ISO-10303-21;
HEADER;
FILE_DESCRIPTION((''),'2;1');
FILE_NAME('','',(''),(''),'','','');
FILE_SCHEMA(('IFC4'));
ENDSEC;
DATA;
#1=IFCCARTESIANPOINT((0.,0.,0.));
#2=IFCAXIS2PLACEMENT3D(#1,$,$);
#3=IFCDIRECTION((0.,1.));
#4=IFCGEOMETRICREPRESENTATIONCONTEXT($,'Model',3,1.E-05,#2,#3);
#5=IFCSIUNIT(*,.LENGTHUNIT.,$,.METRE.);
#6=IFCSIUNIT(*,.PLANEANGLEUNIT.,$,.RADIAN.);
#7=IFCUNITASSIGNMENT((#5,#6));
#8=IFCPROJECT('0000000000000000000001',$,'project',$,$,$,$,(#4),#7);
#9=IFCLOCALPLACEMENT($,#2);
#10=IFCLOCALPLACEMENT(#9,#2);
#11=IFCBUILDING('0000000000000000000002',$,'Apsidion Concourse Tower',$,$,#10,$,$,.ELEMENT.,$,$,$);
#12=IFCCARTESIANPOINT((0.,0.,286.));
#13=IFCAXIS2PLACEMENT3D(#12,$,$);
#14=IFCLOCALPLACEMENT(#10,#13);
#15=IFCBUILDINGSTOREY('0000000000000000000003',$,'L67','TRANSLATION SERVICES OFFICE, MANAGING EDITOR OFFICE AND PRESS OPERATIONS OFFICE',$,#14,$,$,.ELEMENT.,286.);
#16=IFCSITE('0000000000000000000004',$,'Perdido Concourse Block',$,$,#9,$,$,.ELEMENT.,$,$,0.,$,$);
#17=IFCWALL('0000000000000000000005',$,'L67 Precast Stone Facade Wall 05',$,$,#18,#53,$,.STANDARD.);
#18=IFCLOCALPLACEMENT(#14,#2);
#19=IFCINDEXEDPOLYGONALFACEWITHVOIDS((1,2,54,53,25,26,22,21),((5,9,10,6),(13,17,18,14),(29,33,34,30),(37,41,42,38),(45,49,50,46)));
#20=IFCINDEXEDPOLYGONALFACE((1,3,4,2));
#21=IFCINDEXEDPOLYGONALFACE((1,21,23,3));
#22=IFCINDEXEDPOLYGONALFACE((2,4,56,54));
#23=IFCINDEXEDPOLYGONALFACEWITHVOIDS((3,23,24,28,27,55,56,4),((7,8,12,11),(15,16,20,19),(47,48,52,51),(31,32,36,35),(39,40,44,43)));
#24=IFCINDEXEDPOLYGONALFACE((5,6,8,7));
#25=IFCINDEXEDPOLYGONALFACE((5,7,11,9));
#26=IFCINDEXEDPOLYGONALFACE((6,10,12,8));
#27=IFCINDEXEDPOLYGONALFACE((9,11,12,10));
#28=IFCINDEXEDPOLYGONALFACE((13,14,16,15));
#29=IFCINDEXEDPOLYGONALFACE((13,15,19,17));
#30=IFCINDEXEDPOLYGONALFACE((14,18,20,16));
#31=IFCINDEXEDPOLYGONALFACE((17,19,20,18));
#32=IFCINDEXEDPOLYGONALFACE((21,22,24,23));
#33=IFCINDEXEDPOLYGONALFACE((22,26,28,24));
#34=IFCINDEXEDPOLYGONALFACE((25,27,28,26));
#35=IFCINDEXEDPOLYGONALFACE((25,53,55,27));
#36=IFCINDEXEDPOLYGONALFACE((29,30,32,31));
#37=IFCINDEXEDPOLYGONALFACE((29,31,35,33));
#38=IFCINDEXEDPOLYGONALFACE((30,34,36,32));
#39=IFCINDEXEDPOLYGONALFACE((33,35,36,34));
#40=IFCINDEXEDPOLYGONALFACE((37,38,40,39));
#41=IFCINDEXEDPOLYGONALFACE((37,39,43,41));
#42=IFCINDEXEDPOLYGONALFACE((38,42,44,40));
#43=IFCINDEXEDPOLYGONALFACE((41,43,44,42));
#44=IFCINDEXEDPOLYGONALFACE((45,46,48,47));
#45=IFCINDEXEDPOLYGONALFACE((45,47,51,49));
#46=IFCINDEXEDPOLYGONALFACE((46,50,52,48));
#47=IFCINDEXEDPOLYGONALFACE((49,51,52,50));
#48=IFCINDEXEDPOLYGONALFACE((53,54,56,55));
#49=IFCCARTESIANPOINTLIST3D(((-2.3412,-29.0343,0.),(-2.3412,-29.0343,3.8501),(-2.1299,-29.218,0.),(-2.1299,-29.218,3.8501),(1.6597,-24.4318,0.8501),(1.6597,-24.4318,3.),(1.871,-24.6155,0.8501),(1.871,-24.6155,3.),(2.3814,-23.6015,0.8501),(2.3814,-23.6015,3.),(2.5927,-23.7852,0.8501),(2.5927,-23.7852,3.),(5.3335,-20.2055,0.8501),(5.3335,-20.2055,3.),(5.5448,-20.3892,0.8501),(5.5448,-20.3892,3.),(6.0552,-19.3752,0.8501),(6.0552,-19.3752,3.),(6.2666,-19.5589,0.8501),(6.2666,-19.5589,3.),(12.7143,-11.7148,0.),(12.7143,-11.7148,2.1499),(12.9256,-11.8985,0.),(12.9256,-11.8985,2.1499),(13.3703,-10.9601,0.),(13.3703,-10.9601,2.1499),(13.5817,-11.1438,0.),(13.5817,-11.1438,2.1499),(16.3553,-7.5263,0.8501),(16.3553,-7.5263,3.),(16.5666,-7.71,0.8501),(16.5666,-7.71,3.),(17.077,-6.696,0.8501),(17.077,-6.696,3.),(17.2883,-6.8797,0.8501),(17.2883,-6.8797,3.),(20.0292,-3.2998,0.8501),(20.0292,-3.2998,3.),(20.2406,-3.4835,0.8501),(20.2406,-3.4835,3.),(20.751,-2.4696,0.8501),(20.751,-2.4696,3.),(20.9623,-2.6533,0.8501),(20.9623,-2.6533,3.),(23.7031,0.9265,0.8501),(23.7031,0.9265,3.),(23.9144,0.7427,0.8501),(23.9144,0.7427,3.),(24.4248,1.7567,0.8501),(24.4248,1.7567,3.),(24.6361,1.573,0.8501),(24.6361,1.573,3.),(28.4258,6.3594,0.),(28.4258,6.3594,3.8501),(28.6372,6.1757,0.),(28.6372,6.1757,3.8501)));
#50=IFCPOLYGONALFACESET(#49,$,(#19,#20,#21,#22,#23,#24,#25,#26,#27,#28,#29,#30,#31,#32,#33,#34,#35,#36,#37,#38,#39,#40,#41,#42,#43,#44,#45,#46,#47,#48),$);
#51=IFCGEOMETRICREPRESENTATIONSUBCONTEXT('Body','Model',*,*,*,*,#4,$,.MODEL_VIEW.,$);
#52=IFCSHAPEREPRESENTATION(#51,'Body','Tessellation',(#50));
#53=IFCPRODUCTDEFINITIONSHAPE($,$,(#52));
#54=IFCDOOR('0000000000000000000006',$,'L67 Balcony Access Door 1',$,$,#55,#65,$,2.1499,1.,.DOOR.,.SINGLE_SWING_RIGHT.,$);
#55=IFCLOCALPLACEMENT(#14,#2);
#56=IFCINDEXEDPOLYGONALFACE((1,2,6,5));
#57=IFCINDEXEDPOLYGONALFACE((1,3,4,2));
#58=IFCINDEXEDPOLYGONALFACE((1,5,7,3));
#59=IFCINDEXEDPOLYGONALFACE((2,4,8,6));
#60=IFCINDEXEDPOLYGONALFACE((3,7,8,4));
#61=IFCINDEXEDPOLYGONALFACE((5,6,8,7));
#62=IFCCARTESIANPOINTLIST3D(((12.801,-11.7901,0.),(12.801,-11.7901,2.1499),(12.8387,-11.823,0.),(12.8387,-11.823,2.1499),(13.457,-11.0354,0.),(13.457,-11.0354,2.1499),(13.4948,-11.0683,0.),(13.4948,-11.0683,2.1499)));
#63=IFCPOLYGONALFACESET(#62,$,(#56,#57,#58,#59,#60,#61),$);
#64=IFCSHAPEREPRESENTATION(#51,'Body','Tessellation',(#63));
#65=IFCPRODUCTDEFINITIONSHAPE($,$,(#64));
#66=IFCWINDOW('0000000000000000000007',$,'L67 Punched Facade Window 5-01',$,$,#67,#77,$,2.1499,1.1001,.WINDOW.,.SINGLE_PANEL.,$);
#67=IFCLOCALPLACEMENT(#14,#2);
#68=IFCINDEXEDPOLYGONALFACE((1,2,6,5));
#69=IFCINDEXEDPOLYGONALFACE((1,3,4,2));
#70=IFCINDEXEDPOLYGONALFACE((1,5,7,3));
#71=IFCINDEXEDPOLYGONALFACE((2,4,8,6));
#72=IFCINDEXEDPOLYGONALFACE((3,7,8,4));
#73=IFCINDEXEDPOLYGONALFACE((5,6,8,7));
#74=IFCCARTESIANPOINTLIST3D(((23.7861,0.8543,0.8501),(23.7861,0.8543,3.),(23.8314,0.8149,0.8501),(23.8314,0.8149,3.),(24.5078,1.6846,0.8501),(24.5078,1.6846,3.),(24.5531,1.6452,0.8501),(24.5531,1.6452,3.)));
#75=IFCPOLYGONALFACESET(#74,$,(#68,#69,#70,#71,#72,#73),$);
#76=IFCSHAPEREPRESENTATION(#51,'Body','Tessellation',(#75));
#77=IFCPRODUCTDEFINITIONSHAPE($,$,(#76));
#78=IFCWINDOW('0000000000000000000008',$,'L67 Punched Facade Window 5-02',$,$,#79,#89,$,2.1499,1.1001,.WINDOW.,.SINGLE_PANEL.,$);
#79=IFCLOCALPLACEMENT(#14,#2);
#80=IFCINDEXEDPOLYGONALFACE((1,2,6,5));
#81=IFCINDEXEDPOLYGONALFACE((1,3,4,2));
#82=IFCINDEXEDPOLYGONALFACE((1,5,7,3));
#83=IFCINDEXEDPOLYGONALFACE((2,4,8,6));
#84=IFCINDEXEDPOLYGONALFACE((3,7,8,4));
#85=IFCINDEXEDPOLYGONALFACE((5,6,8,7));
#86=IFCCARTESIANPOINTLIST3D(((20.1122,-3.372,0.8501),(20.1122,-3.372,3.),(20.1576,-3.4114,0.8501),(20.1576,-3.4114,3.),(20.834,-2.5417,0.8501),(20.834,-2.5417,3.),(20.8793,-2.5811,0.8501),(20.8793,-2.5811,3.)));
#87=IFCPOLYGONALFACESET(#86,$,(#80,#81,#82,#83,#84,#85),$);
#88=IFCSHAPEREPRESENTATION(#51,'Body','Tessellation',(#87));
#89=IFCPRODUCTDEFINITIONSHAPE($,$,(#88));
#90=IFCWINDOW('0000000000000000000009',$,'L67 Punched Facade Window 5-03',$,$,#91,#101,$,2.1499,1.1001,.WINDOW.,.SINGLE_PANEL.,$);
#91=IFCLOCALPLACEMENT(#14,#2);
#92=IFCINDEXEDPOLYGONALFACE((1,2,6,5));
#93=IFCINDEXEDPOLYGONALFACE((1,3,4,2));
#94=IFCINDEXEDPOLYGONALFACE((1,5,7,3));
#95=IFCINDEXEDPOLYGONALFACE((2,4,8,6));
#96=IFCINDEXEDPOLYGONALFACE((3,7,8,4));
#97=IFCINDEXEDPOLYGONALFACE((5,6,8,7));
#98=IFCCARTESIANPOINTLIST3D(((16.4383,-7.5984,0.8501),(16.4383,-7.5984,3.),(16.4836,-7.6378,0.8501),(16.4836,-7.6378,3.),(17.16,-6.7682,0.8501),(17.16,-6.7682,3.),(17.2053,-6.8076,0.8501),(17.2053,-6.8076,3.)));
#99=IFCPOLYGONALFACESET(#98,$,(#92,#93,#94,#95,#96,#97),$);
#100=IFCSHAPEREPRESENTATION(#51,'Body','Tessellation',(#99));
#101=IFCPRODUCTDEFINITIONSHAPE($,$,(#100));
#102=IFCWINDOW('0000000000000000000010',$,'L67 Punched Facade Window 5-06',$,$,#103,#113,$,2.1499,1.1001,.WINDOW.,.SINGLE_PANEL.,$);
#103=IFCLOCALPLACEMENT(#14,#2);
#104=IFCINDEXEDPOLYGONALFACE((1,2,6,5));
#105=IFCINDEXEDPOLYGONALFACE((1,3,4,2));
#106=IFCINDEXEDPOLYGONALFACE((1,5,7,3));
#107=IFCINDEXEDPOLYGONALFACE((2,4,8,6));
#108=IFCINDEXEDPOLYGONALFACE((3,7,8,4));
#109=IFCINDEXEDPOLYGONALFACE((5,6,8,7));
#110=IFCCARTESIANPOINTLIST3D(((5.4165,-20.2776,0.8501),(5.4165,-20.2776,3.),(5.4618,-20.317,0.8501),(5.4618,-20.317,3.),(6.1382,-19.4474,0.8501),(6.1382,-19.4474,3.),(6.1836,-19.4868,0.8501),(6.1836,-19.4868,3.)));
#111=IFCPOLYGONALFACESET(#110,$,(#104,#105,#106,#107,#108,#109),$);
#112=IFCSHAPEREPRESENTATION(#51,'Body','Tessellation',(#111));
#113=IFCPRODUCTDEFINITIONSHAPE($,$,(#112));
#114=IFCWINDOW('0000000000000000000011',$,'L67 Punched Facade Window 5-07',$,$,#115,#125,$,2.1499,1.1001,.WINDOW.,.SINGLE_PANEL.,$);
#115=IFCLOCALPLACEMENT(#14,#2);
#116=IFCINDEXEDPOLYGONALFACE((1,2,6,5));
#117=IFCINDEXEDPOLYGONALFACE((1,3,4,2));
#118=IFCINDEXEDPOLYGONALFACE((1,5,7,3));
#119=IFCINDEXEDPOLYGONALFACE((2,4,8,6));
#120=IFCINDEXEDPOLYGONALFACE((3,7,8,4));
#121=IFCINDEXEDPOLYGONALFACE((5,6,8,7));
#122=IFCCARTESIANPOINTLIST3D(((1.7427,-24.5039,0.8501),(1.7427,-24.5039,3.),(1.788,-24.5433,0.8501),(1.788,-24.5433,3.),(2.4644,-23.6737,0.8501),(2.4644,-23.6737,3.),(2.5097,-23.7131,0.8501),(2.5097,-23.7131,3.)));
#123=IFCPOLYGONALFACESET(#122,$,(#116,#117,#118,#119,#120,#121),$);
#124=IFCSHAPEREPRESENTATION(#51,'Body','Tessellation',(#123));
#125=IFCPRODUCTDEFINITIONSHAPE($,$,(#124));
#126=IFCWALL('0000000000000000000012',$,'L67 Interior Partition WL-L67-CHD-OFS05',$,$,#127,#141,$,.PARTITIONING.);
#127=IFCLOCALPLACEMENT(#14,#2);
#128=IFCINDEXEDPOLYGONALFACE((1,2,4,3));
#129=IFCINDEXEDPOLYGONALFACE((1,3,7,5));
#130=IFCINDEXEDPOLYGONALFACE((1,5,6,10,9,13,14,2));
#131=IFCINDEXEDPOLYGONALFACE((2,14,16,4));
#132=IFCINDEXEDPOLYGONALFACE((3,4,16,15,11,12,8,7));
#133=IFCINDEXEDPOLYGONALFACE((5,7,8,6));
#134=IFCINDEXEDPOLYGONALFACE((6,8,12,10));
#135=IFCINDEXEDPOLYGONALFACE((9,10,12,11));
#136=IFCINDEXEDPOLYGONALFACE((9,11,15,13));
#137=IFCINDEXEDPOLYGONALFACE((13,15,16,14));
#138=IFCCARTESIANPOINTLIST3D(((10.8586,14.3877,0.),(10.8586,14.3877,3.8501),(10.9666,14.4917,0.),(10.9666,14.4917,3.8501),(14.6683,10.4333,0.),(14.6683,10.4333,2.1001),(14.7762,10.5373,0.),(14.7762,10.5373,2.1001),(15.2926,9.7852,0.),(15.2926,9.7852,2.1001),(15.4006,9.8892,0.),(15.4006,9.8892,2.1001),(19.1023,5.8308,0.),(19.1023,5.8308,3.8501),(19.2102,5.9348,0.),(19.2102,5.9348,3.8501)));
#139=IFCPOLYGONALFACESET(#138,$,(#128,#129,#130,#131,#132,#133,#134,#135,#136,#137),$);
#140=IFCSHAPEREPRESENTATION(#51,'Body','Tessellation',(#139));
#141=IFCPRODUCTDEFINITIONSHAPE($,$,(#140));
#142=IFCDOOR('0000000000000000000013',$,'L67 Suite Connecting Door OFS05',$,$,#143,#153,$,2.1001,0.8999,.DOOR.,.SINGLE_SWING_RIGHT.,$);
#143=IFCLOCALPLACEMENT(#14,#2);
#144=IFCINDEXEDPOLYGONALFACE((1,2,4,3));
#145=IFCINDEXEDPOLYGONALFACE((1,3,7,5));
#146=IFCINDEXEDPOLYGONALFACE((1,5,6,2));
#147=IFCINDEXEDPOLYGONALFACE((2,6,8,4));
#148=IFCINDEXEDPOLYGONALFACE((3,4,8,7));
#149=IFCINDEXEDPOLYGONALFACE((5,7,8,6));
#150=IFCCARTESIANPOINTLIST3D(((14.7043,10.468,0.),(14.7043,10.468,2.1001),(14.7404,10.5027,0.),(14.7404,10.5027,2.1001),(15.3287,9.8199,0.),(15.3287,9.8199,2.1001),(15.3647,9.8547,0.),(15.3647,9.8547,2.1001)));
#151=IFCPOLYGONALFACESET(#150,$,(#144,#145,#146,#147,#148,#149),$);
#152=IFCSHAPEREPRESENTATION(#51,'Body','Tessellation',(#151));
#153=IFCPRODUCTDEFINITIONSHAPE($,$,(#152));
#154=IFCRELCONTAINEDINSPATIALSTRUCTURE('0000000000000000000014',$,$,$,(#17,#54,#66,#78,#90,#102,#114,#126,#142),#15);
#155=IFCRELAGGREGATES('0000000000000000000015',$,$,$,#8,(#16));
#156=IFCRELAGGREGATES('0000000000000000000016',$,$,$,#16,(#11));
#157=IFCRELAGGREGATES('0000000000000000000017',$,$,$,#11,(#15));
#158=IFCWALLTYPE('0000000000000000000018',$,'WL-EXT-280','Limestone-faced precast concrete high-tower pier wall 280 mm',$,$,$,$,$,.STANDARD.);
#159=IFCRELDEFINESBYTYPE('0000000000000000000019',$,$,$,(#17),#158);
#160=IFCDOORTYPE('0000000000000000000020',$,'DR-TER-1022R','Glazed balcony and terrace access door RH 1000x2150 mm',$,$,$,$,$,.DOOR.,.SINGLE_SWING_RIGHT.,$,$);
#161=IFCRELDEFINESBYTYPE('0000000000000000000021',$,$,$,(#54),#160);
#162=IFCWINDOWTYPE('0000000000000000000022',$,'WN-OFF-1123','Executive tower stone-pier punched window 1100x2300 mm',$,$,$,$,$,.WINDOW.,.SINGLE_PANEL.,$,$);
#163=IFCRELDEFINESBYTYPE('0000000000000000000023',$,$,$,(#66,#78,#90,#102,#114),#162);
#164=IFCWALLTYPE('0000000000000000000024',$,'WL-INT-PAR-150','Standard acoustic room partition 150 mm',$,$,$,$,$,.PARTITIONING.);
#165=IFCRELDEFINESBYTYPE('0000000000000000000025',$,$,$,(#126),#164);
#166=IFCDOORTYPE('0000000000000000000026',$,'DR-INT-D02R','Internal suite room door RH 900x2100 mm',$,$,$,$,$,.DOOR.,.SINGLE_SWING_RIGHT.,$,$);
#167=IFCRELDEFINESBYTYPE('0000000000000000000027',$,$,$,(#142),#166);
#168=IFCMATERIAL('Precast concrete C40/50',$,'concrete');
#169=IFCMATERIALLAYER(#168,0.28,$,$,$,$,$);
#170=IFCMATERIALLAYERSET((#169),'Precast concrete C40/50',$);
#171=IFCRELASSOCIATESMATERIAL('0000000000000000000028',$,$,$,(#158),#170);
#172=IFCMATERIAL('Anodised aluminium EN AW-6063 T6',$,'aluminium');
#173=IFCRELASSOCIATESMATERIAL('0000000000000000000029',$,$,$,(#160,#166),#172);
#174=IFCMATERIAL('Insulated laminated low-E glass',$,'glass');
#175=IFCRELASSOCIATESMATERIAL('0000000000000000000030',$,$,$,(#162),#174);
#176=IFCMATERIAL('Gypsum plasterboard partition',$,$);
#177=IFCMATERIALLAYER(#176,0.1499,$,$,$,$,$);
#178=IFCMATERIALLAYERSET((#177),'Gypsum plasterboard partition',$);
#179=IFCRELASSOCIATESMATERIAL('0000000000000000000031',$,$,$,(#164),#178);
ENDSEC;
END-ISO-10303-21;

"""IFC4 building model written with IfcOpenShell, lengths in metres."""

from ifc_helpers import new_model, si_unit, direction, frame, frame_2d, origin, place, context, subcontext, project, spatial, rectangle, extrude, material, layer, layer_set, type_object, element, fill, save


model = new_model("IFC4")

# Units and contexts
model_context = context("Model", 3, precision=1e-05, world=origin(), true_north=direction((0.0, 1.0)))
body_context = subcontext(model_context, "Body", "Model", "MODEL_VIEW")
ifc_project = project(units=[si_unit("LENGTHUNIT", "METRE"), si_unit("PLANEANGLEUNIT", "RADIAN")], contexts=[model_context])

# Site, building, storey
site_placement = place(None, origin())
site = spatial("IfcSite", under=ifc_project, at=site_placement, Name="Perdido Concourse Block", CompositionType="ELEMENT", RefElevation=0.0)
building_placement = place(site_placement, origin())
building = spatial("IfcBuilding", under=site, at=building_placement, Name="Apsidion Concourse Tower", CompositionType="ELEMENT")
storey_placement = place(building_placement, frame((0.0, 0.0, 286.0)))
storey = spatial("IfcBuildingStorey", under=building, at=storey_placement, Name="L67", Description="TRANSLATION SERVICES OFFICE, MANAGING EDITOR OFFICE AND PRESS OPERATIONS OFFICE", CompositionType="ELEMENT", Elevation=286.0)

# Shared definitions
ifc_material_1 = material(Name="Precast concrete C40/50", Category="concrete")
ifc_layer_1 = layer(ifc_material_1, 0.28)
ifc_layer_set_1 = layer_set([ifc_layer_1], Name="Precast concrete C40/50")
wall_type_1 = type_object("IfcWallType", Name="WL-EXT-280", Description="Limestone-faced precast concrete high-tower pier wall 280 mm", PredefinedType="STANDARD", material=ifc_layer_set_1)

# Wall, openings, door, windows
wall_1_placement = place(storey_placement, frame((28.5315, 6.2676, 0.0), z_axis=(0.0, 0.0, 1.0), x_axis=(-0.656056, -0.754712, 0.0)))
wall_1 = element("IfcWall", 1, at=wall_1_placement, inside=storey, type_object=wall_type_1, Name="L67 Precast Stone Facade Wall 05", PredefinedType="STANDARD", context=body_context, shape_type="SweptSolid", body=[
    extrude(rectangle(XDim=46.897, YDim=0.28, at=frame_2d((23.4485, 0.0))), origin(), (0.0, 0.0, 1.0), 3.8501),
])
opening_1_placement = place(wall_1_placement, frame((22.9485, 0.0, 0.0)))
opening_1 = element("IfcOpeningElement", 2, at=opening_1_placement, cuts=wall_1, PredefinedType="OPENING", context=body_context, shape_type="SweptSolid", body=[
    extrude(rectangle(XDim=1.0, YDim=2.1499, at=frame_2d((0.5, 1.075))), frame((0.0, 0.1499, 0.0), z_axis=(0.0, -1.0, 0.0), x_axis=(1.0, 0.0, 0.0)), (0.0, 0.0, 1.0), 0.3),
])
opening_2_placement = place(wall_1_placement, frame((6.0986, 0.0, 0.8501)))
opening_2 = element("IfcOpeningElement", 3, at=opening_2_placement, cuts=wall_1, PredefinedType="OPENING", context=body_context, shape_type="SweptSolid", body=[
    extrude(rectangle(XDim=1.1001, YDim=2.1499, at=frame_2d((0.55, 1.075))), frame((0.0, 0.1499, 0.0), z_axis=(0.0, -1.0, 0.0), x_axis=(1.0, 0.0, 0.0)), (0.0, 0.0, 1.0), 0.3),
])
opening_3_placement = place(wall_1_placement, frame((11.6985, 0.0, 0.8501)))
opening_3 = element("IfcOpeningElement", 4, at=opening_3_placement, cuts=wall_1, PredefinedType="OPENING", context=body_context, shape_type="SweptSolid", body=[
    extrude(rectangle(XDim=1.1001, YDim=2.1499, at=frame_2d((0.55, 1.075))), frame((0.0, 0.1499, 0.0), z_axis=(0.0, -1.0, 0.0), x_axis=(1.0, 0.0, 0.0)), (0.0, 0.0, 1.0), 0.3),
])
opening_4_placement = place(wall_1_placement, frame((17.2986, 0.0, 0.8501)))
opening_4 = element("IfcOpeningElement", 5, at=opening_4_placement, cuts=wall_1, PredefinedType="OPENING", context=body_context, shape_type="SweptSolid", body=[
    extrude(rectangle(XDim=1.1001, YDim=2.1499, at=frame_2d((0.55, 1.075))), frame((0.0, 0.1499, 0.0), z_axis=(0.0, -1.0, 0.0), x_axis=(1.0, 0.0, 0.0)), (0.0, 0.0, 1.0), 0.3),
])
opening_5_placement = place(wall_1_placement, frame((34.0986, 0.0, 0.8501)))
opening_5 = element("IfcOpeningElement", 6, at=opening_5_placement, cuts=wall_1, PredefinedType="OPENING", context=body_context, shape_type="SweptSolid", body=[
    extrude(rectangle(XDim=1.1001, YDim=2.1499, at=frame_2d((0.55, 1.075))), frame((0.0, 0.1499, 0.0), z_axis=(0.0, -1.0, 0.0), x_axis=(1.0, 0.0, 0.0)), (0.0, 0.0, 1.0), 0.3),
])
opening_6_placement = place(wall_1_placement, frame((39.6985, 0.0, 0.8501)))
opening_6 = element("IfcOpeningElement", 7, at=opening_6_placement, cuts=wall_1, PredefinedType="OPENING", context=body_context, shape_type="SweptSolid", body=[
    extrude(rectangle(XDim=1.1001, YDim=2.1499, at=frame_2d((0.55, 1.075))), frame((0.0, 0.1499, 0.0), z_axis=(0.0, -1.0, 0.0), x_axis=(1.0, 0.0, 0.0)), (0.0, 0.0, 1.0), 0.3),
])
ifc_material_2 = material(Name="Anodised aluminium EN AW-6063 T6", Category="aluminium")
door_type_1 = type_object("IfcDoorType", Name="DR-TER-1022R", Description="Glazed balcony and terrace access door RH 1000x2150 mm", OperationType="SINGLE_SWING_RIGHT", PredefinedType="DOOR", material=ifc_material_2)
door_1_placement = place(opening_1_placement, origin())
door_1 = element("IfcDoor", 8, at=door_1_placement, inside=storey, type_object=door_type_1, Name="L67 Balcony Access Door 1", OperationType="SINGLE_SWING_RIGHT", OverallHeight=2.1499, OverallWidth=1.0, PredefinedType="DOOR", context=body_context, shape_type="SweptSolid", body=[
    extrude(rectangle(XDim=1.0, YDim=2.1499, at=frame_2d((0.5, 1.075))), frame((0.0, 0.0249, 0.0), z_axis=(0.0, -1.0, 0.0), x_axis=(1.0, 0.0, 0.0)), (0.0, 0.0, 1.0), 0.05),
])
fill(opening_1, door_1)
ifc_material_3 = material(Name="Insulated laminated low-E glass", Category="glass")
window_type = type_object("IfcWindowType", Name="WN-OFF-1123", Description="Executive tower stone-pier punched window 1100x2300 mm", PartitioningType="SINGLE_PANEL", PredefinedType="WINDOW", material=ifc_material_3)
window_1_placement = place(opening_2_placement, origin())
window_1 = element("IfcWindow", 9, at=window_1_placement, inside=storey, type_object=window_type, Name="L67 Punched Facade Window 5-01", OverallHeight=2.1499, OverallWidth=1.1001, PartitioningType="SINGLE_PANEL", PredefinedType="WINDOW", context=body_context, shape_type="SweptSolid", body=[
    extrude(rectangle(XDim=1.1001, YDim=2.1499, at=frame_2d((0.55, 1.075))), frame((0.0, 0.03, 0.0), z_axis=(0.0, -1.0, 0.0), x_axis=(1.0, 0.0, 0.0)), (0.0, 0.0, 1.0), 0.0601),
])
fill(opening_2, window_1)
window_2_placement = place(opening_3_placement, origin())
window_2 = element("IfcWindow", 10, at=window_2_placement, inside=storey, type_object=window_type, Name="L67 Punched Facade Window 5-02", OverallHeight=2.1499, OverallWidth=1.1001, PartitioningType="SINGLE_PANEL", PredefinedType="WINDOW", context=body_context, shape_type="SweptSolid", body=[
    extrude(rectangle(XDim=1.1001, YDim=2.1499, at=frame_2d((0.55, 1.075))), frame((0.0, 0.03, 0.0), z_axis=(0.0, -1.0, 0.0), x_axis=(1.0, 0.0, 0.0)), (0.0, 0.0, 1.0), 0.0601),
])
fill(opening_3, window_2)
window_3_placement = place(opening_4_placement, origin())
window_3 = element("IfcWindow", 11, at=window_3_placement, inside=storey, type_object=window_type, Name="L67 Punched Facade Window 5-03", OverallHeight=2.1499, OverallWidth=1.1001, PartitioningType="SINGLE_PANEL", PredefinedType="WINDOW", context=body_context, shape_type="SweptSolid", body=[
    extrude(rectangle(XDim=1.1001, YDim=2.1499, at=frame_2d((0.55, 1.075))), frame((0.0, 0.03, 0.0), z_axis=(0.0, -1.0, 0.0), x_axis=(1.0, 0.0, 0.0)), (0.0, 0.0, 1.0), 0.0601),
])
fill(opening_4, window_3)
window_4_placement = place(opening_5_placement, origin())
window_4 = element("IfcWindow", 12, at=window_4_placement, inside=storey, type_object=window_type, Name="L67 Punched Facade Window 5-06", OverallHeight=2.1499, OverallWidth=1.1001, PartitioningType="SINGLE_PANEL", PredefinedType="WINDOW", context=body_context, shape_type="SweptSolid", body=[
    extrude(rectangle(XDim=1.1001, YDim=2.1499, at=frame_2d((0.55, 1.075))), frame((0.0, 0.03, 0.0), z_axis=(0.0, -1.0, 0.0), x_axis=(1.0, 0.0, 0.0)), (0.0, 0.0, 1.0), 0.0601),
])
fill(opening_5, window_4)
window_5_placement = place(opening_6_placement, origin())
window_5 = element("IfcWindow", 13, at=window_5_placement, inside=storey, type_object=window_type, Name="L67 Punched Facade Window 5-07", OverallHeight=2.1499, OverallWidth=1.1001, PartitioningType="SINGLE_PANEL", PredefinedType="WINDOW", context=body_context, shape_type="SweptSolid", body=[
    extrude(rectangle(XDim=1.1001, YDim=2.1499, at=frame_2d((0.55, 1.075))), frame((0.0, 0.03, 0.0), z_axis=(0.0, -1.0, 0.0), x_axis=(1.0, 0.0, 0.0)), (0.0, 0.0, 1.0), 0.0601),
])
fill(opening_6, window_5)

# Wall, opening, door
ifc_material_4 = material(Name="Gypsum plasterboard partition")
ifc_layer_2 = layer(ifc_material_4, 0.1499)
ifc_layer_set_2 = layer_set([ifc_layer_2], Name="Gypsum plasterboard partition")
wall_type_2 = type_object("IfcWallType", Name="WL-INT-PAR-150", Description="Standard acoustic room partition 150 mm", PredefinedType="PARTITIONING", material=ifc_layer_set_2)
wall_2_placement = place(storey_placement, frame((19.1562, 5.8828, 0.0), z_axis=(0.0, 0.0, 1.0), x_axis=(-0.693803, 0.720165, 0.0)))
wall_2 = element("IfcWall", 14, at=wall_2_placement, inside=storey, type_object=wall_type_2, Name="L67 Interior Partition WL-L67-CHD-OFS05", PredefinedType="PARTITIONING", context=body_context, shape_type="SweptSolid", body=[
    extrude(rectangle(XDim=11.8818, YDim=0.1499, at=frame_2d((5.9409, 0.0))), origin(), (0.0, 0.0, 1.0), 3.8501),
])
opening_7_placement = place(wall_2_placement, frame((5.491, 0.0, 0.0)))
opening_7 = element("IfcOpeningElement", 15, at=opening_7_placement, cuts=wall_2, PredefinedType="OPENING", context=body_context, shape_type="SweptSolid", body=[
    extrude(rectangle(XDim=0.8999, YDim=2.1001, at=frame_2d((0.45, 1.05))), frame((0.0, 0.085, 0.0), z_axis=(0.0, -1.0, 0.0), x_axis=(1.0, 0.0, 0.0)), (0.0, 0.0, 1.0), 0.1699),
])
door_type_2 = type_object("IfcDoorType", Name="DR-INT-D02R", Description="Internal suite room door RH 900x2100 mm", OperationType="SINGLE_SWING_RIGHT", PredefinedType="DOOR", material=ifc_material_2)
door_2_placement = place(opening_7_placement, origin())
door_2 = element("IfcDoor", 16, at=door_2_placement, inside=storey, type_object=door_type_2, Name="L67 Suite Connecting Door OFS05", OperationType="SINGLE_SWING_RIGHT", OverallHeight=2.1001, OverallWidth=0.8999, PredefinedType="DOOR", context=body_context, shape_type="SweptSolid", body=[
    extrude(rectangle(XDim=0.8999, YDim=2.1001, at=frame_2d((0.45, 1.05))), frame((0.0, 0.0249, 0.0), z_axis=(0.0, -1.0, 0.0), x_axis=(1.0, 0.0, 0.0)), (0.0, 0.0, 1.0), 0.05),
])
fill(opening_7, door_2)

save(model, "model.ifc")
